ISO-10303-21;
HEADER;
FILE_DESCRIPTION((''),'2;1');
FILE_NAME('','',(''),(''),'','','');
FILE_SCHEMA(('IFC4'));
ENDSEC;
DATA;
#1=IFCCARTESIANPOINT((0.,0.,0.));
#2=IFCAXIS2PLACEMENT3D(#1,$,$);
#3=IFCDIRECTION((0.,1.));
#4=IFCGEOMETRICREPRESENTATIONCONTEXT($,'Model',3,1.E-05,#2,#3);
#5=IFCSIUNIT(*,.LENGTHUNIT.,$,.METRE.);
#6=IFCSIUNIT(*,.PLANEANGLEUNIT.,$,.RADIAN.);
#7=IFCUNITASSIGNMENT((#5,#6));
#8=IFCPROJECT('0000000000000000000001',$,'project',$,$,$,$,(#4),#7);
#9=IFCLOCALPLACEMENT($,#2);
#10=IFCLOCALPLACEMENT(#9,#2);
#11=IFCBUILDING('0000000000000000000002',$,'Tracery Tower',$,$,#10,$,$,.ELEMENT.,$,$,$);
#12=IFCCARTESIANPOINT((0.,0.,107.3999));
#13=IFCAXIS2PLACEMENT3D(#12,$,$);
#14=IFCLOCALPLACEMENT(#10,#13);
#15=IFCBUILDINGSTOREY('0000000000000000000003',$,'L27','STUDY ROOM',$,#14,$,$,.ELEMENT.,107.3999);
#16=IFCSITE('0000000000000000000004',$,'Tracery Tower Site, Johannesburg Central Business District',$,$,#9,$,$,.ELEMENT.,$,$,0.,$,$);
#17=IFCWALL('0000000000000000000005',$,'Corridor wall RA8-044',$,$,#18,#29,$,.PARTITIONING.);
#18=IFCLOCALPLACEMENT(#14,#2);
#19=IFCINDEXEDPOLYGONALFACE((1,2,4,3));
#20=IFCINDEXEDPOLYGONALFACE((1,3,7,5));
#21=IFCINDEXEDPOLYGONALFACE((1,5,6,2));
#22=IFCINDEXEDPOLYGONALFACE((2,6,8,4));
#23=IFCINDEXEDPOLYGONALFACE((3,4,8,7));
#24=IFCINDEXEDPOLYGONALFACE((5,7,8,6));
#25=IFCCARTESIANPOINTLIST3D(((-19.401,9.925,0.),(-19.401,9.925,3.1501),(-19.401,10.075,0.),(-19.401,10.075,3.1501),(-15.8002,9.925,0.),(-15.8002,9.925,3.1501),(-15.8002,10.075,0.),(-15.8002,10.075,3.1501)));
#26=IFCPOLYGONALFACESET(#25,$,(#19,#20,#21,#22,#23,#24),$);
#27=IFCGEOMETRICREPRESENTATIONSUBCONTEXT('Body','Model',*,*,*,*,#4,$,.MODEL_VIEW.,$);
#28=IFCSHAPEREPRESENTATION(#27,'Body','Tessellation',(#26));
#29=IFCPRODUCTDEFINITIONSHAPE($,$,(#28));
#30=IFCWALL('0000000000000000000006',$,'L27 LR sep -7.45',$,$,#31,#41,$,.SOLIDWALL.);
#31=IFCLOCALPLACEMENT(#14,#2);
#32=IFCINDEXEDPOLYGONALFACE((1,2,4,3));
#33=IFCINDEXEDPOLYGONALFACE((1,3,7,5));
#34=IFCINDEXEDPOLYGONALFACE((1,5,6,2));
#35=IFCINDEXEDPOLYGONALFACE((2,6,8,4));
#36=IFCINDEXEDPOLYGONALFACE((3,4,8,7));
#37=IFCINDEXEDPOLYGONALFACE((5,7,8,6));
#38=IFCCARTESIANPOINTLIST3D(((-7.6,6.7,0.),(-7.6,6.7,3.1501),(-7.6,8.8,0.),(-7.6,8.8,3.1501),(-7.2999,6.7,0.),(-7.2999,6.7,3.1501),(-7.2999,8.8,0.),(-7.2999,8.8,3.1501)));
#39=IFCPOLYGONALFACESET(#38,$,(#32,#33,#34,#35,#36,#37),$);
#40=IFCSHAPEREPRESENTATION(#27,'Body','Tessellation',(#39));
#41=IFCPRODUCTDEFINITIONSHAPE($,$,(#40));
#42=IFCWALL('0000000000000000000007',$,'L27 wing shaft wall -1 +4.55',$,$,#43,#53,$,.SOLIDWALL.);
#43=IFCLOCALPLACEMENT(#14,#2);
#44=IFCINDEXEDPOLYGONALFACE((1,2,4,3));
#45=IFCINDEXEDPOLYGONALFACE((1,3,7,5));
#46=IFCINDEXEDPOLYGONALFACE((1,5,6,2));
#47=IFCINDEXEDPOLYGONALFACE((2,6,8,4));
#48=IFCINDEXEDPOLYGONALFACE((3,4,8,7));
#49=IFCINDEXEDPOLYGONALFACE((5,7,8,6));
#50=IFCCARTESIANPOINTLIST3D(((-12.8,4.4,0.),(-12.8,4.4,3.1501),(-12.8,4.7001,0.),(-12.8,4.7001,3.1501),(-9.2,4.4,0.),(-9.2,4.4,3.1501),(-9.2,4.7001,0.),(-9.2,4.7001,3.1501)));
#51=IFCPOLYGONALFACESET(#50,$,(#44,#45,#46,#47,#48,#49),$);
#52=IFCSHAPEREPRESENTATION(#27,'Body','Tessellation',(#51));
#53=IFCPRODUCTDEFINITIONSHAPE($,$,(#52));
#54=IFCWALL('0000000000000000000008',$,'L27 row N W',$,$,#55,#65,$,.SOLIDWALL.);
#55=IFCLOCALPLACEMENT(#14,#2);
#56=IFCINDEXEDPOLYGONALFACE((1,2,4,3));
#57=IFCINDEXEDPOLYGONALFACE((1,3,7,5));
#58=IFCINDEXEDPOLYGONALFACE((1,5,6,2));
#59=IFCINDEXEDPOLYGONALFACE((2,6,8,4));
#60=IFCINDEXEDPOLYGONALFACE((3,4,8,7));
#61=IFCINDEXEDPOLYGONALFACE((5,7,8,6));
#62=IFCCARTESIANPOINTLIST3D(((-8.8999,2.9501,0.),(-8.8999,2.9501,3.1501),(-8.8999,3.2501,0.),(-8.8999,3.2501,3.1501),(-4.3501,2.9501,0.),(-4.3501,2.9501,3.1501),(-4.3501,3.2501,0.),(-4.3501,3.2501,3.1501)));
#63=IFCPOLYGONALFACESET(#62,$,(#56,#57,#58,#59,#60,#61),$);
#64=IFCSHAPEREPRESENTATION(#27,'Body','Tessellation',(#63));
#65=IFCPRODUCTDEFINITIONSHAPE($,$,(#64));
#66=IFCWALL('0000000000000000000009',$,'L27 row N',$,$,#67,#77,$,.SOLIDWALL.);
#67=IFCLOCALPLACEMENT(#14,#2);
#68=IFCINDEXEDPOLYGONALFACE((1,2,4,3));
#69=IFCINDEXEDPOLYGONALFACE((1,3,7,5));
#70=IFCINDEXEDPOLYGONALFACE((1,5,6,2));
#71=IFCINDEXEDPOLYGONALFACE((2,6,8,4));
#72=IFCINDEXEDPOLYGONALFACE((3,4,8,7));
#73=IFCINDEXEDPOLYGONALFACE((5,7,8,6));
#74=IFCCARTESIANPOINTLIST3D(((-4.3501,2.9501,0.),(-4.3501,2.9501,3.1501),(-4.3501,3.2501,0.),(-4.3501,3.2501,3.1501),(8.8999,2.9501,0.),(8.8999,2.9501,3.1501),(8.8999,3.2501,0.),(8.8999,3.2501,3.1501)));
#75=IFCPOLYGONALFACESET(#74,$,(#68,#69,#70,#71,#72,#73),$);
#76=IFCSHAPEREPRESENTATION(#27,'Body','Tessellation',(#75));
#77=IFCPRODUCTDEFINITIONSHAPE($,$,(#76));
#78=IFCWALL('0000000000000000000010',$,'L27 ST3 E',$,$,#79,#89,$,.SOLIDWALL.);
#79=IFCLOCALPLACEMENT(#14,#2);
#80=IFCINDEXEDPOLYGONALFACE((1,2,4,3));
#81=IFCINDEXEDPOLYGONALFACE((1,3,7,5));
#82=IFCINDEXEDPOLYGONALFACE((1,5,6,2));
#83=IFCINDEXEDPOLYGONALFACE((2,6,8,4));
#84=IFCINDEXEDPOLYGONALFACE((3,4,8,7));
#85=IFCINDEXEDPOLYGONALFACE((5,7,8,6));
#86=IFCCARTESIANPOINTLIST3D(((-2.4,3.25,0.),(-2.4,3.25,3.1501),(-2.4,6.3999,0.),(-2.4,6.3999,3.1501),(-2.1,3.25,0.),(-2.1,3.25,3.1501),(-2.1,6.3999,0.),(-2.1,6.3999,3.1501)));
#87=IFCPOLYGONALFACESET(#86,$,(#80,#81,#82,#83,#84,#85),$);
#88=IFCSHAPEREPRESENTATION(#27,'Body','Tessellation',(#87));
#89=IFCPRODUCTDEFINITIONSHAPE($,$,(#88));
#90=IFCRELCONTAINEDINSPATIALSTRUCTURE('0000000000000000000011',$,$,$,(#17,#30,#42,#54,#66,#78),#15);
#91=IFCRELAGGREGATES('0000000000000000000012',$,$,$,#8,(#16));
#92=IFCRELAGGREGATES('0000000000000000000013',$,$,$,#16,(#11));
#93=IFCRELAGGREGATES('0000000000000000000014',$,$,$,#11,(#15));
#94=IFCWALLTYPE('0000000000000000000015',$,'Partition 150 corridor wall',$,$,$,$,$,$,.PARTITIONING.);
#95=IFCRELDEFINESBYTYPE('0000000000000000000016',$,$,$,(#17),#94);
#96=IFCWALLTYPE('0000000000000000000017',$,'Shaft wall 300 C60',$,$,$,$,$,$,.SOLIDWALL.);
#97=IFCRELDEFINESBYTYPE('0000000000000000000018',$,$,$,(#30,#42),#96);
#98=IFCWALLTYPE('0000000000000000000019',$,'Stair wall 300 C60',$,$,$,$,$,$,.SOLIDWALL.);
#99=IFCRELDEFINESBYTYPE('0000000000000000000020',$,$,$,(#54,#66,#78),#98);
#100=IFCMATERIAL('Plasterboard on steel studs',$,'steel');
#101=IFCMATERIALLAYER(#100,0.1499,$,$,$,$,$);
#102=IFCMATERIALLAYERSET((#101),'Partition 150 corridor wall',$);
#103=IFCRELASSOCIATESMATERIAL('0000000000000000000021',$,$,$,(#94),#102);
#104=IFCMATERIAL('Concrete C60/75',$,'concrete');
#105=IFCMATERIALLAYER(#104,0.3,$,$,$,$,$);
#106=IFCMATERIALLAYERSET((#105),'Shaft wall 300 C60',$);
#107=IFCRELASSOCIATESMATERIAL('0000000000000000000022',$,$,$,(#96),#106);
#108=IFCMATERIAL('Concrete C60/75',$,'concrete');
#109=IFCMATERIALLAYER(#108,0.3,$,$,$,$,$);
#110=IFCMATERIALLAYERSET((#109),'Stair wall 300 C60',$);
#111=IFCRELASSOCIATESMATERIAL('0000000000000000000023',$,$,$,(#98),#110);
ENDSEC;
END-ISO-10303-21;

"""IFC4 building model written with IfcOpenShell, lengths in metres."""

from ifc_helpers import new_model, si_unit, direction, frame, frame_2d, origin, place, context, subcontext, project, spatial, rectangle, extrude, material, layer, layer_set, type_object, element, save


model = new_model("IFC4")

# Units and contexts
model_context = context("Model", 3, precision=1e-05, world=origin(), true_north=direction((0.0, 1.0)))
body_context = subcontext(model_context, "Body", "Model", "MODEL_VIEW")
ifc_project = project(units=[si_unit("LENGTHUNIT", "METRE"), si_unit("PLANEANGLEUNIT", "RADIAN")], contexts=[model_context])

# Site, building, storey
site_placement = place(None, origin())
site = spatial("IfcSite", under=ifc_project, at=site_placement, Name="Tracery Tower Site, Johannesburg Central Business District", CompositionType="ELEMENT", RefElevation=0.0)
building_placement = place(site_placement, origin())
building = spatial("IfcBuilding", under=site, at=building_placement, Name="Tracery Tower", CompositionType="ELEMENT")
storey_placement = place(building_placement, frame((0.0, 0.0, 107.3999)))
storey = spatial("IfcBuildingStorey", under=building, at=storey_placement, Name="L27", Description="STUDY ROOM", CompositionType="ELEMENT", Elevation=107.3999)

# Shared definitions
ifc_material_1 = material(Name="Plasterboard on steel studs", Category="steel")
ifc_layer_1 = layer(ifc_material_1, 0.1499)
ifc_layer_set_1 = layer_set([ifc_layer_1], Name="Partition 150 corridor wall")
wall_type_1 = type_object("IfcWallType", Name="Partition 150 corridor wall", PredefinedType="PARTITIONING", material=ifc_layer_set_1)

# Walls
wall_1_placement = place(storey_placement, frame((-19.4009, 10.0, 0.0), z_axis=(0.0, 0.0, 1.0), x_axis=(1.0, 0.0, 0.0)))
element("IfcWall", 1, at=wall_1_placement, inside=storey, type_object=wall_type_1, Name="Corridor wall RA8-044", PredefinedType="PARTITIONING", context=body_context, shape_type="SweptSolid", body=[
    extrude(rectangle(XDim=3.6008, YDim=0.1499, at=frame_2d((1.8003, 0.0))), origin(), (0.0, 0.0, 1.0), 3.1501),
])
ifc_material_2 = material(Name="Concrete C60/75", Category="concrete")
ifc_layer_2 = layer(ifc_material_2, 0.3)
ifc_layer_set_2 = layer_set([ifc_layer_2], Name="Shaft wall 300 C60")
wall_type_2 = type_object("IfcWallType", Name="Shaft wall 300 C60", PredefinedType="SOLIDWALL", material=ifc_layer_set_2)
wall_2_placement = place(storey_placement, frame((-7.45, 6.7, 0.0), z_axis=(0.0, 0.0, 1.0), x_axis=(0.0, 1.0, 0.0)))
element("IfcWall", 2, at=wall_2_placement, inside=storey, type_object=wall_type_2, Name="L27 LR sep -7.45", PredefinedType="SOLIDWALL", context=body_context, shape_type="SweptSolid", body=[
    extrude(rectangle(XDim=2.1001, YDim=0.3, at=frame_2d((1.05, 0.0))), origin(), (0.0, 0.0, 1.0), 3.1501),
])

# Wall
wall_3_placement = place(storey_placement, frame((-12.8, 4.55, 0.0), z_axis=(0.0, 0.0, 1.0), x_axis=(1.0, 0.0, 0.0)))
element("IfcWall", 3, at=wall_3_placement, inside=storey, type_object=wall_type_2, Name="L27 wing shaft wall -1 +4.55", PredefinedType="SOLIDWALL", context=body_context, shape_type="SweptSolid", body=[
    extrude(rectangle(XDim=3.6001, YDim=0.3, at=frame_2d((1.8, 0.0))), origin(), (0.0, 0.0, 1.0), 3.1501),
])

# Walls
ifc_material_3 = material(Name="Concrete C60/75", Category="concrete")
ifc_layer_3 = layer(ifc_material_3, 0.3)
ifc_layer_set_3 = layer_set([ifc_layer_3], Name="Stair wall 300 C60")
wall_type_3 = type_object("IfcWallType", Name="Stair wall 300 C60", PredefinedType="SOLIDWALL", material=ifc_layer_set_3)
wall_4_placement = place(storey_placement, frame((-8.8999, 3.1001, 0.0), z_axis=(0.0, 0.0, 1.0), x_axis=(1.0, 0.0, 0.0)))
element("IfcWall", 4, at=wall_4_placement, inside=storey, type_object=wall_type_3, Name="L27 row N W", PredefinedType="SOLIDWALL", context=body_context, shape_type="SweptSolid", body=[
    extrude(rectangle(XDim=4.5498, YDim=0.3, at=frame_2d((2.2749, 0.0))), origin(), (0.0, 0.0, 1.0), 3.1501),
])
wall_5_placement = place(storey_placement, frame((-4.3501, 3.1001, 0.0), z_axis=(0.0, 0.0, 1.0), x_axis=(1.0, 0.0, 0.0)))
element("IfcWall", 5, at=wall_5_placement, inside=storey, type_object=wall_type_3, Name="L27 row N", PredefinedType="SOLIDWALL", context=body_context, shape_type="SweptSolid", body=[
    extrude(rectangle(XDim=13.25, YDim=0.3, at=frame_2d((6.625, 0.0))), origin(), (0.0, 0.0, 1.0), 3.1501),
])
wall_6_placement = place(storey_placement, frame((-2.25, 3.25, 0.0), z_axis=(0.0, 0.0, 1.0), x_axis=(0.0, 1.0, 0.0)))
element("IfcWall", 6, at=wall_6_placement, inside=storey, type_object=wall_type_3, Name="L27 ST3 E", PredefinedType="SOLIDWALL", context=body_context, shape_type="SweptSolid", body=[
    extrude(rectangle(XDim=3.1499, YDim=0.3, at=frame_2d((1.575, 0.0))), origin(), (0.0, 0.0, 1.0), 3.1501),
])

save(model, "model.ifc")
